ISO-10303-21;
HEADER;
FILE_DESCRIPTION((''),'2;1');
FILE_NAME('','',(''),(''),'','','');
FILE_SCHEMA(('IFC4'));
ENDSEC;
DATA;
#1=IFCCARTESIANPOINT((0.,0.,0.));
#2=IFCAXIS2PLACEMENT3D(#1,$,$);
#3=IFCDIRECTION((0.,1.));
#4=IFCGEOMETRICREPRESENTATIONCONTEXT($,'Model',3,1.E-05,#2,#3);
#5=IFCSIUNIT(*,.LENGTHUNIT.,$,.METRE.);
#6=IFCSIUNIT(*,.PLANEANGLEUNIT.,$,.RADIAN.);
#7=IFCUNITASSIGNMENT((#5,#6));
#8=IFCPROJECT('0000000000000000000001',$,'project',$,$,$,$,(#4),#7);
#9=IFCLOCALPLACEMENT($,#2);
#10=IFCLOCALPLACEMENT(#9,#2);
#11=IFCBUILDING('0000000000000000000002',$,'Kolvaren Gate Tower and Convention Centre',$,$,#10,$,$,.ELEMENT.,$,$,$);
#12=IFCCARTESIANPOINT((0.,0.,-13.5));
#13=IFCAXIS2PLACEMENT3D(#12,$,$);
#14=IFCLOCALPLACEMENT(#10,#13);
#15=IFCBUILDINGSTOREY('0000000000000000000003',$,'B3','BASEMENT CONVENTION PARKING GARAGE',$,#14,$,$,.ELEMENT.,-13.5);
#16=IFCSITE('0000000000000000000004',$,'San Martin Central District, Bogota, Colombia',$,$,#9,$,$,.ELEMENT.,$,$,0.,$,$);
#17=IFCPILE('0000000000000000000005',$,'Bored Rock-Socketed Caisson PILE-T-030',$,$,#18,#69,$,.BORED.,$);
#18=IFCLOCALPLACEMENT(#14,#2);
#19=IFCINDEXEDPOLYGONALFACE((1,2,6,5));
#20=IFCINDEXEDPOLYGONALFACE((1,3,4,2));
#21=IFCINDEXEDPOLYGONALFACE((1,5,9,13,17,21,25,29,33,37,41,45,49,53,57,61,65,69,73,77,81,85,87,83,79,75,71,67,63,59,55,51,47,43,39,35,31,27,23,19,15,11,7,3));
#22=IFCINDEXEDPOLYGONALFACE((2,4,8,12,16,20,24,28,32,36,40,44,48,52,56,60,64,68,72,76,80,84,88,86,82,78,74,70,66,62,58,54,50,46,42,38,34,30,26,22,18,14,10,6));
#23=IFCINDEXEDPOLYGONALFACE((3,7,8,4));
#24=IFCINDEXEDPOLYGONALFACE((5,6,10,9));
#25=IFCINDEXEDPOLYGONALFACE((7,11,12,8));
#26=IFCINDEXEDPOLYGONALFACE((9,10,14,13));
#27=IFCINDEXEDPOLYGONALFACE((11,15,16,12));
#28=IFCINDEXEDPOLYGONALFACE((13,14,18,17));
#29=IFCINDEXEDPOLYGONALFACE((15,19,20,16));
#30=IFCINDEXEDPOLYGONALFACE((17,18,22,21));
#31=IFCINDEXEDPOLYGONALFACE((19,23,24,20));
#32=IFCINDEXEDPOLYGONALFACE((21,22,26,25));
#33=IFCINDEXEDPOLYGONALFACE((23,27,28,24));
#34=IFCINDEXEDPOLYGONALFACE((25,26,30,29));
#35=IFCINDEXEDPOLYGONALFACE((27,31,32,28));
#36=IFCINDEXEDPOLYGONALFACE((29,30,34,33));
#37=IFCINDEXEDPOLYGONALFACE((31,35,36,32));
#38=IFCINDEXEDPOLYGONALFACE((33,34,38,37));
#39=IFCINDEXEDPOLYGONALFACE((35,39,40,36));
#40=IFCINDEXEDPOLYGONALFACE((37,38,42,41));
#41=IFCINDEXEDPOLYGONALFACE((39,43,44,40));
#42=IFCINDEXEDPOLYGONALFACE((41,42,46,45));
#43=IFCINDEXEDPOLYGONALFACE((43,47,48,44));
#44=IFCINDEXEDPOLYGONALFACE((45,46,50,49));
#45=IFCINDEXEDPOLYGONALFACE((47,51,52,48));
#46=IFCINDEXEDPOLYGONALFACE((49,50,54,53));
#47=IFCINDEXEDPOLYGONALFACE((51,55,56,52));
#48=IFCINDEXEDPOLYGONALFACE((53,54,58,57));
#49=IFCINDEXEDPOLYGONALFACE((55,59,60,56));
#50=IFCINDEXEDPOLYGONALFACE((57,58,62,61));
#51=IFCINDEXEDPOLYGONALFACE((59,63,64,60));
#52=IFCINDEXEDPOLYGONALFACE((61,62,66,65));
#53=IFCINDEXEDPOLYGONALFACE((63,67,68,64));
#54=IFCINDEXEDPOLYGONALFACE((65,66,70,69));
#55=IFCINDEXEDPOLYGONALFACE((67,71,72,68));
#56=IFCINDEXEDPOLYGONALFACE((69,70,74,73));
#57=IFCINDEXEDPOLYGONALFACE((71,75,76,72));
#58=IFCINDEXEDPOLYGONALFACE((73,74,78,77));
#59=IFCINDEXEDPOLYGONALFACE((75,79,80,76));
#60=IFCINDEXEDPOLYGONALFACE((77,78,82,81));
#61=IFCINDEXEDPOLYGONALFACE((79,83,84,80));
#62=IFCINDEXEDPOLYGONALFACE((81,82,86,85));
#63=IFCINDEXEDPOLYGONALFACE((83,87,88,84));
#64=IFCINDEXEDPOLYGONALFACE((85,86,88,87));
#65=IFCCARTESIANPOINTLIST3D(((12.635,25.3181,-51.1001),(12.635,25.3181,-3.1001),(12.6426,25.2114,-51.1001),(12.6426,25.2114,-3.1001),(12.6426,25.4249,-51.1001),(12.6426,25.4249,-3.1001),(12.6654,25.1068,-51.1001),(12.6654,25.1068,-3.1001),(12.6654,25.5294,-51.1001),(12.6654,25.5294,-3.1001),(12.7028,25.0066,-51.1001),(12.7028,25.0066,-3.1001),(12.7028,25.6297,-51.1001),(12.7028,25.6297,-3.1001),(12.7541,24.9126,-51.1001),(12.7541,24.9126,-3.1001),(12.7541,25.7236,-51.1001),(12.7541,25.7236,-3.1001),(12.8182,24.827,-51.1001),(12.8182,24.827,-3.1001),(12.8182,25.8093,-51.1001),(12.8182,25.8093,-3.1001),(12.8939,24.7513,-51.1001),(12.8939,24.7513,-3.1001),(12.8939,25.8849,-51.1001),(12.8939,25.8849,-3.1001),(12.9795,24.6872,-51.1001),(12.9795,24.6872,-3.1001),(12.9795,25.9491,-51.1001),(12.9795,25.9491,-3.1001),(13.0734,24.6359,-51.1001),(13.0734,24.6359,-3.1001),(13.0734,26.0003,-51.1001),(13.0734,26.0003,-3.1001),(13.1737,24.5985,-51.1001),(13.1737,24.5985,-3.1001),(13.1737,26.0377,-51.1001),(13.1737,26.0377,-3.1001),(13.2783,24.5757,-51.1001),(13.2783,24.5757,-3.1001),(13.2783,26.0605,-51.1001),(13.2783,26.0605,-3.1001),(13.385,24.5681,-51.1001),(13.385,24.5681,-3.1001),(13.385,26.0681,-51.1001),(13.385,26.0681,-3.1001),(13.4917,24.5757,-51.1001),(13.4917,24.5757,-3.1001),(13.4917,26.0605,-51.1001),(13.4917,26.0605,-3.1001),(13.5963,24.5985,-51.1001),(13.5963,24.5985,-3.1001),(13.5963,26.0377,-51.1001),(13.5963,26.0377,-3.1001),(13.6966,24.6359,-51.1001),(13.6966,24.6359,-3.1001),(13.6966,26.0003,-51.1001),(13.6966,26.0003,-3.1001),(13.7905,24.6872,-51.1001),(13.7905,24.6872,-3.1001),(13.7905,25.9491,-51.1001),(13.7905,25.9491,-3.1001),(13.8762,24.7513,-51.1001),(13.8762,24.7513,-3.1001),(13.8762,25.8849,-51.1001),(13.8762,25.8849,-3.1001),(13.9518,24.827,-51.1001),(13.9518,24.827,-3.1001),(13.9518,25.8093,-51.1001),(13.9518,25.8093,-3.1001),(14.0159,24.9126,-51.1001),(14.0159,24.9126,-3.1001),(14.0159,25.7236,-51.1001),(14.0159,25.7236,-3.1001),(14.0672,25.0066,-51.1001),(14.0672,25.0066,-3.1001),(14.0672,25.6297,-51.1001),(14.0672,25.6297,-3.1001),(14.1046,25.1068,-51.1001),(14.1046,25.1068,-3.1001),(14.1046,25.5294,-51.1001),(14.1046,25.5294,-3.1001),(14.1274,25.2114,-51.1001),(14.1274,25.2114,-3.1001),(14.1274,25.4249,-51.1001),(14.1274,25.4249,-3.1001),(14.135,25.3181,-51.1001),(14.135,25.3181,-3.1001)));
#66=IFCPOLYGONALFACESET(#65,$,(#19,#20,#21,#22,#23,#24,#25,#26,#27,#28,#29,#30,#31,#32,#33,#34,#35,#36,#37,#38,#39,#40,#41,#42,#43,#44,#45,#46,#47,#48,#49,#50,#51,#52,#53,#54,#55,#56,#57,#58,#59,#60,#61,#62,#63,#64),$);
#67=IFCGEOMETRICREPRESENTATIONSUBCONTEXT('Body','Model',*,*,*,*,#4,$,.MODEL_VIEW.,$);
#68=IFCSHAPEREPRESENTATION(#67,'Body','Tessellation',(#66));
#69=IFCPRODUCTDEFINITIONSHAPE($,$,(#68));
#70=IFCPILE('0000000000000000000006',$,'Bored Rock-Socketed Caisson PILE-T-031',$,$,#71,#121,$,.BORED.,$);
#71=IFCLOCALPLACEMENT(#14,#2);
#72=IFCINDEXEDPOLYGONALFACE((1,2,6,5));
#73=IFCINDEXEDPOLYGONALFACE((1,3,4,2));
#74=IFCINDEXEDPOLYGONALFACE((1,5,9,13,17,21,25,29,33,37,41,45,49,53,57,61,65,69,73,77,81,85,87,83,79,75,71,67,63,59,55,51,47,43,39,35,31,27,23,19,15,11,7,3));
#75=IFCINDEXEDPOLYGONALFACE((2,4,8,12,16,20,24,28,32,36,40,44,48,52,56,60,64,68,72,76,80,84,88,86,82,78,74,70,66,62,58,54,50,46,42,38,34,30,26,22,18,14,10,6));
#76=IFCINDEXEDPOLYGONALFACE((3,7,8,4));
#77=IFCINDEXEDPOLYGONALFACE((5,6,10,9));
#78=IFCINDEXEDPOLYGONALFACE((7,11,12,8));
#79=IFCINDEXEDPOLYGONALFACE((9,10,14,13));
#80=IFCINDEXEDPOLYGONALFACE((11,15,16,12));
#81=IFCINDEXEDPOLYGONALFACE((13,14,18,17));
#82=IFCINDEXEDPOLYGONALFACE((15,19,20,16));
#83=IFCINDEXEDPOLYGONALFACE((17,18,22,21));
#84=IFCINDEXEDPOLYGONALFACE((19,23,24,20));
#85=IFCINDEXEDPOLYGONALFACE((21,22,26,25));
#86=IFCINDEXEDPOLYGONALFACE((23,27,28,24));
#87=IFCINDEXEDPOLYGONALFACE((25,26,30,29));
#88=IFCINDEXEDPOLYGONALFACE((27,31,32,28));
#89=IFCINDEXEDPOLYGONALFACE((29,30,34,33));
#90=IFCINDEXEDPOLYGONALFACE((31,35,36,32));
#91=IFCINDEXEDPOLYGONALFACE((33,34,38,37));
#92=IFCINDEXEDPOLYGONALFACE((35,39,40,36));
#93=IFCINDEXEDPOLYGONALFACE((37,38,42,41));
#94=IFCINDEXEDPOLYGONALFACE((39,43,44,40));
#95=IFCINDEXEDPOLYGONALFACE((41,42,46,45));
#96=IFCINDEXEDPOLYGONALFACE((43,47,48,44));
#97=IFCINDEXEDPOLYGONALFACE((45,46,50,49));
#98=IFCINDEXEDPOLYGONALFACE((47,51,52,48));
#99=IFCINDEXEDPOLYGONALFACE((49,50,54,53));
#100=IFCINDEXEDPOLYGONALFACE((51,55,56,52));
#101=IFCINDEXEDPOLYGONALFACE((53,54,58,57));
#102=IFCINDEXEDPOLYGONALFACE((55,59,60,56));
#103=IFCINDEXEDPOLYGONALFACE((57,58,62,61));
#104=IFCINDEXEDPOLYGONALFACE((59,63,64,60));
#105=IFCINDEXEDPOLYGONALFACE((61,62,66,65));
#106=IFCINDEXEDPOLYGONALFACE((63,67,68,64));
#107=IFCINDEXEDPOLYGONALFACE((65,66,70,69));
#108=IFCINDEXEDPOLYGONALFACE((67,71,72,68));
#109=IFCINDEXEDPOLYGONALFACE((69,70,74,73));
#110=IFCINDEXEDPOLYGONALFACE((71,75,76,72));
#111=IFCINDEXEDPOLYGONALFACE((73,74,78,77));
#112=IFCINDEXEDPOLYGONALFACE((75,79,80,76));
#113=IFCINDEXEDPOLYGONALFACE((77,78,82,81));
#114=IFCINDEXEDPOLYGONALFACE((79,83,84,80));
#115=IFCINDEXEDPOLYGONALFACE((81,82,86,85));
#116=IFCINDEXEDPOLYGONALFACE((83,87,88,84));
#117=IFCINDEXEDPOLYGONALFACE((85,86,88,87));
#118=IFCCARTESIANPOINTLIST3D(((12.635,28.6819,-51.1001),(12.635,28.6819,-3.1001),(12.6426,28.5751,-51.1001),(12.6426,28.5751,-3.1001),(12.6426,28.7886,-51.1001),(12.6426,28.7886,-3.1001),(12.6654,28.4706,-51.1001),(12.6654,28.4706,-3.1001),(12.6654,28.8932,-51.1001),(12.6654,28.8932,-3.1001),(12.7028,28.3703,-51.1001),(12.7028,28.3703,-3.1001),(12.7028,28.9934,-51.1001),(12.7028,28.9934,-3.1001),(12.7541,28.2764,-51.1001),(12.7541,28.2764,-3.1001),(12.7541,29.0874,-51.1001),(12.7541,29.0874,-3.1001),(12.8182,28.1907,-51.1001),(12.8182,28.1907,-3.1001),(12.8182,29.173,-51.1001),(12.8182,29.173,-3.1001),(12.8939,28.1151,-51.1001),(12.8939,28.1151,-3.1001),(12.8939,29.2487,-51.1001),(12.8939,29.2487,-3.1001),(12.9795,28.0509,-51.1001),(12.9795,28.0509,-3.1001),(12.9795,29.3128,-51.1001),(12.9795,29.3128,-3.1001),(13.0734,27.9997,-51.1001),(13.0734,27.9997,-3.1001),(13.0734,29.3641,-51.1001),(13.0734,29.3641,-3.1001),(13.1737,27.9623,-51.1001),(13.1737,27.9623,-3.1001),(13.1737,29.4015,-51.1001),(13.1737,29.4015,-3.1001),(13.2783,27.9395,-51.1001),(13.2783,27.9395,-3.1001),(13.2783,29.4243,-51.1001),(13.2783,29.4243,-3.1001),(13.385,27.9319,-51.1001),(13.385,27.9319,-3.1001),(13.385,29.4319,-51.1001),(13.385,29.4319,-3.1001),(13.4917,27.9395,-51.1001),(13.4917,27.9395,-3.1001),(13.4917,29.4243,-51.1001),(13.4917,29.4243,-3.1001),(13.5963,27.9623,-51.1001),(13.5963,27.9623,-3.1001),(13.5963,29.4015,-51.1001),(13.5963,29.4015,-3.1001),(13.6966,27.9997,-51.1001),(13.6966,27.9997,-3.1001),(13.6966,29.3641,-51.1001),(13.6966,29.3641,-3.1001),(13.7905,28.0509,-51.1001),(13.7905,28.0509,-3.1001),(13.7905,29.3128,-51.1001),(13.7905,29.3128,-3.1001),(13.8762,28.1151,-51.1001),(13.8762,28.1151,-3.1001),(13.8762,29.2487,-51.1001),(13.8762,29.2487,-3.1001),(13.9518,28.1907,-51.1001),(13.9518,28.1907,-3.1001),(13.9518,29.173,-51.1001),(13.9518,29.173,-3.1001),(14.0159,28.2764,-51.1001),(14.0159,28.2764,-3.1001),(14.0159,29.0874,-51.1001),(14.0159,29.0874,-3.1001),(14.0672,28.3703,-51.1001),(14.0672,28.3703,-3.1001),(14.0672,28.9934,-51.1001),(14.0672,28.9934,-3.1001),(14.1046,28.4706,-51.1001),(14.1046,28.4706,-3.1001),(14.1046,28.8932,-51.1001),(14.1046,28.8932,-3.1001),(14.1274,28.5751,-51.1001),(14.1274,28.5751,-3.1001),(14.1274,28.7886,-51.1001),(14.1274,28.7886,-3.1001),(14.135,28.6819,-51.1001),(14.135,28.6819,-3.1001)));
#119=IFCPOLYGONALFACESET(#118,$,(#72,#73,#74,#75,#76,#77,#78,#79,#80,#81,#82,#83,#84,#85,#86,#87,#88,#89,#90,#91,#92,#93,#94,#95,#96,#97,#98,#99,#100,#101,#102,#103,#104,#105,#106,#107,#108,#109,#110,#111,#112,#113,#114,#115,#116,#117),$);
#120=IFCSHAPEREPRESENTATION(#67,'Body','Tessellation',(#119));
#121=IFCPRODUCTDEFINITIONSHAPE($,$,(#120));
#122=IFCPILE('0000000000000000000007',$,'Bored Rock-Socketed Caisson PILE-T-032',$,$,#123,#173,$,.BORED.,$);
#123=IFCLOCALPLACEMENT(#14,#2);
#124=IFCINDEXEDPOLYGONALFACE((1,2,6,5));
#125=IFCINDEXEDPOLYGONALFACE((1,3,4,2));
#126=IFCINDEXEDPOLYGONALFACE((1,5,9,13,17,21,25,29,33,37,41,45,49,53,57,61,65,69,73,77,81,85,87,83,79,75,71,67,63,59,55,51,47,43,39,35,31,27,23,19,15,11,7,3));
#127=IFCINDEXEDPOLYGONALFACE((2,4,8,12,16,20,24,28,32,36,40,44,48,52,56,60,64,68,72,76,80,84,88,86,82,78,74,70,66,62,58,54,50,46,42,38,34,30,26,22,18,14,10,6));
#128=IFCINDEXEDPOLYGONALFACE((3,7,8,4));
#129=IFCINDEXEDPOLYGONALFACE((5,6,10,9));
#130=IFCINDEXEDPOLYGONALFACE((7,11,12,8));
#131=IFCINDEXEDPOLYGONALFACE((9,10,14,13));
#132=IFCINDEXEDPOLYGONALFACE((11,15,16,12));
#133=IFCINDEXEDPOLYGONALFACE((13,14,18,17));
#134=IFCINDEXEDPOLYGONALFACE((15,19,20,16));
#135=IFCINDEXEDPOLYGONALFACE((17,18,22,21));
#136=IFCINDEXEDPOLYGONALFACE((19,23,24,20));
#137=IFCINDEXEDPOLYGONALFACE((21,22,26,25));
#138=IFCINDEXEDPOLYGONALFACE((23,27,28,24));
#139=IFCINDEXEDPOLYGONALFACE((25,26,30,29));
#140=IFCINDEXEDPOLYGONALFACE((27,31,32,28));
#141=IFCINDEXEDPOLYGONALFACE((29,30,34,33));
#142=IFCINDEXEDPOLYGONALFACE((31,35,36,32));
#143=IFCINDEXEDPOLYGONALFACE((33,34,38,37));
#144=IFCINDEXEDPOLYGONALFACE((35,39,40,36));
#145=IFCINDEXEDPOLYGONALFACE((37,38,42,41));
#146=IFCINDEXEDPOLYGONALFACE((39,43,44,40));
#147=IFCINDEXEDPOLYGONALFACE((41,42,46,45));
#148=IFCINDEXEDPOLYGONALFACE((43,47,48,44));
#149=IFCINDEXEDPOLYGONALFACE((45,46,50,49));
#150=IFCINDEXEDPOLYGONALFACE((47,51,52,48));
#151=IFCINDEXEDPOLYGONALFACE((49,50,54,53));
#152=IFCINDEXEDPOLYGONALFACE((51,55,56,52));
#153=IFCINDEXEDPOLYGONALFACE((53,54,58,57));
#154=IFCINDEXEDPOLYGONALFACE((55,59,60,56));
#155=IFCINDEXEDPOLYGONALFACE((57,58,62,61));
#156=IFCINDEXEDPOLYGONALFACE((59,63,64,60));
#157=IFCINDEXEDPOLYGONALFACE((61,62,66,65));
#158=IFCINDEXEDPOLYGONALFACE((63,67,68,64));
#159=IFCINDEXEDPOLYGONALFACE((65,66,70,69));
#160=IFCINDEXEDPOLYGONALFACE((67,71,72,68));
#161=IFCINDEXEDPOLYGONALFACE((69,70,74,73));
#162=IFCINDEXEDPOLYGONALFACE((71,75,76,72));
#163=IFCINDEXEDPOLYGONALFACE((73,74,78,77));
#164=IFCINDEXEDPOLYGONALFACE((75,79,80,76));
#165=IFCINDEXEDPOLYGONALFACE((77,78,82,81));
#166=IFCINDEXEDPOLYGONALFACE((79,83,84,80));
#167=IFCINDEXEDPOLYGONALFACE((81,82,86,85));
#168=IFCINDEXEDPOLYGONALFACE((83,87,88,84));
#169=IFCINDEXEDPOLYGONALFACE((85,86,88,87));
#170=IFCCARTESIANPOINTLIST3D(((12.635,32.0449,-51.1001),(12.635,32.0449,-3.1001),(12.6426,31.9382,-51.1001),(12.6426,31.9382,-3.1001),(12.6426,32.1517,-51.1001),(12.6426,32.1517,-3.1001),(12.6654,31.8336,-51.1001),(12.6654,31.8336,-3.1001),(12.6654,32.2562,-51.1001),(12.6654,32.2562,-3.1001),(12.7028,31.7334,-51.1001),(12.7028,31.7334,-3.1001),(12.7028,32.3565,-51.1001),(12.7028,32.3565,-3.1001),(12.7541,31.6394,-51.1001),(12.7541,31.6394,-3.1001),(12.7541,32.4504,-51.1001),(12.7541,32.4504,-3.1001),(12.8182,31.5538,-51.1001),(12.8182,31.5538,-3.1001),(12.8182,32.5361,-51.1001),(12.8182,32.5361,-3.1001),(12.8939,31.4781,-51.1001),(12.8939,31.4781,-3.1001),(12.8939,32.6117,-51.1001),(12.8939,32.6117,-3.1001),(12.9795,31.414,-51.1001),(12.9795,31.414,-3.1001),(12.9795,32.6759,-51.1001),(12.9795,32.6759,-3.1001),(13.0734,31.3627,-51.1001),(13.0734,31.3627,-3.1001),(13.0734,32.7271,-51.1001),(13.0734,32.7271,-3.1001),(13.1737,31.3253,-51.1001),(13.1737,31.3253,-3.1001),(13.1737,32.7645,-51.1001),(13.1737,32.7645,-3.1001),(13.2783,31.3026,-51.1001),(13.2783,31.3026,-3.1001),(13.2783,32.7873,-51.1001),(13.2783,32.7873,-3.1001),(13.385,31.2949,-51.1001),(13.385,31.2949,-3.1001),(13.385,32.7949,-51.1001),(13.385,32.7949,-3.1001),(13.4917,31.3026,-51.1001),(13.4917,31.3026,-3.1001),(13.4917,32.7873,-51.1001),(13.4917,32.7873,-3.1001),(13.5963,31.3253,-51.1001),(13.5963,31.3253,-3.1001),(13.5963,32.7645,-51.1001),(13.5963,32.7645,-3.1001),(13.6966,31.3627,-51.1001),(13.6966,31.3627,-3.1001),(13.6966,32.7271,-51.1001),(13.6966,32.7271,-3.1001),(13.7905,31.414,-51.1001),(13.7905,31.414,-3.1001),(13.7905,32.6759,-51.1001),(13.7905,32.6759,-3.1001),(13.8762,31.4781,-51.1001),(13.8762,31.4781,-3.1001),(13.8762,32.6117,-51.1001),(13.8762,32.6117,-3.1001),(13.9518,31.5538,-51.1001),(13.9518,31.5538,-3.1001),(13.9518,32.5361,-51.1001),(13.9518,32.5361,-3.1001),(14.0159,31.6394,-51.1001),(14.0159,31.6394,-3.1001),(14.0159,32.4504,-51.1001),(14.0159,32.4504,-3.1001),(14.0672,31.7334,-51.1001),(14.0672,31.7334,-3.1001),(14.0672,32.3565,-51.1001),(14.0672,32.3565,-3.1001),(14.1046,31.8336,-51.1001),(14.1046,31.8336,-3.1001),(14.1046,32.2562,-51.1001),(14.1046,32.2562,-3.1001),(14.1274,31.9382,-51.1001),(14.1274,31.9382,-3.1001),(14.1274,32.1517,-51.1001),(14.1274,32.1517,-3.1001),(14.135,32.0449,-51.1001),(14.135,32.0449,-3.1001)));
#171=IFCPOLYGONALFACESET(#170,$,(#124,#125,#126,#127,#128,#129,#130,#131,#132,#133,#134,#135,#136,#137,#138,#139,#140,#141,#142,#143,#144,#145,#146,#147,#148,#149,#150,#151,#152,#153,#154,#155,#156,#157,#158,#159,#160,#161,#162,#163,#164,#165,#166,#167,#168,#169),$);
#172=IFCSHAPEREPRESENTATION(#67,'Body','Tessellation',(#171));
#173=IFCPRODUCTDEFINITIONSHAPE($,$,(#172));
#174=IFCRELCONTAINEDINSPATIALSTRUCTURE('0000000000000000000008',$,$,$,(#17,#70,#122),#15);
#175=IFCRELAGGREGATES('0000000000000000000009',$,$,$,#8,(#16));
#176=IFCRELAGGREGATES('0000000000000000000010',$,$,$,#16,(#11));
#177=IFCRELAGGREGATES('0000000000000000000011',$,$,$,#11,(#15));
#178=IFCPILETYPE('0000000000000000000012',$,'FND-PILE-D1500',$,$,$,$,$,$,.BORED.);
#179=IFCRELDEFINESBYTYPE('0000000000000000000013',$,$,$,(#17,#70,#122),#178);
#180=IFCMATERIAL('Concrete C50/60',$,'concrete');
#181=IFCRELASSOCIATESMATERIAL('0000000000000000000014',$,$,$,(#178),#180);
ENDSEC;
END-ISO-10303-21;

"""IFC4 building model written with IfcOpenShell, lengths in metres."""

from ifc_helpers import new_model, si_unit, direction, frame, origin, origin_2d, place, context, subcontext, project, spatial, circle, extrude, material, material_profile, profile_set, type_object, element, save


model = new_model("IFC4")

# Units and contexts
model_context = context("Model", 3, precision=1e-05, world=origin(), true_north=direction((0.0, 1.0)))
body_context = subcontext(model_context, "Body", "Model", "MODEL_VIEW")
ifc_project = project(units=[si_unit("LENGTHUNIT", "METRE"), si_unit("PLANEANGLEUNIT", "RADIAN")], contexts=[model_context])

# Site, building, storey
site_placement = place(None, origin())
site = spatial("IfcSite", under=ifc_project, at=site_placement, Name="San Martin Central District, Bogota, Colombia", CompositionType="ELEMENT", RefElevation=0.0)
building_placement = place(site_placement, origin())
building = spatial("IfcBuilding", under=site, at=building_placement, Name="Kolvaren Gate Tower and Convention Centre", CompositionType="ELEMENT")
storey_placement = place(building_placement, frame((0.0, 0.0, -13.5)))
storey = spatial("IfcBuildingStorey", under=building, at=storey_placement, Name="B3", Description="BASEMENT CONVENTION PARKING GARAGE", CompositionType="ELEMENT", Elevation=-13.5)

# Piles
ifc_material_1 = material(Name="Concrete C50/60", Category="concrete")
ifc_material_profile_1 = material_profile(ifc_material_1, circle(Radius=0.75, at=origin_2d()), Name="CAISSON-D1500")
ifc_profile_set_1 = profile_set([ifc_material_profile_1], Name="Concrete C50/60")
pile_type = type_object("IfcPileType", Name="FND-PILE-D1500", PredefinedType="BORED", material=ifc_profile_set_1)
for number, where, z_axis, x_axis, name in (
    (1, (13.385, 25.3181, -3.1001), (0.0, 0.0, -1.0), (1.0, 0.0, 0.0), "Bored Rock-Socketed Caisson PILE-T-030"),
    (2, (13.385, 28.6819, -3.1001), (0.0, 0.0, -1.0), (1.0, 0.0, 0.0), "Bored Rock-Socketed Caisson PILE-T-031"),
    (3, (13.385, 32.0449, -3.1001), (0.0, 0.0, -1.0), (1.0, 0.0, 0.0), "Bored Rock-Socketed Caisson PILE-T-032"),
):
    element("IfcPile", number, at=place(storey_placement, frame(where, z_axis=z_axis, x_axis=x_axis)), inside=storey, type_object=pile_type, Name=name, PredefinedType="BORED", context=body_context, shape_type="SweptSolid", body=[
        extrude(circle(Radius=0.75, at=origin_2d()), origin(), (0.0, 0.0, 1.0), 48.0),
    ])

save(model, "model.ifc")
